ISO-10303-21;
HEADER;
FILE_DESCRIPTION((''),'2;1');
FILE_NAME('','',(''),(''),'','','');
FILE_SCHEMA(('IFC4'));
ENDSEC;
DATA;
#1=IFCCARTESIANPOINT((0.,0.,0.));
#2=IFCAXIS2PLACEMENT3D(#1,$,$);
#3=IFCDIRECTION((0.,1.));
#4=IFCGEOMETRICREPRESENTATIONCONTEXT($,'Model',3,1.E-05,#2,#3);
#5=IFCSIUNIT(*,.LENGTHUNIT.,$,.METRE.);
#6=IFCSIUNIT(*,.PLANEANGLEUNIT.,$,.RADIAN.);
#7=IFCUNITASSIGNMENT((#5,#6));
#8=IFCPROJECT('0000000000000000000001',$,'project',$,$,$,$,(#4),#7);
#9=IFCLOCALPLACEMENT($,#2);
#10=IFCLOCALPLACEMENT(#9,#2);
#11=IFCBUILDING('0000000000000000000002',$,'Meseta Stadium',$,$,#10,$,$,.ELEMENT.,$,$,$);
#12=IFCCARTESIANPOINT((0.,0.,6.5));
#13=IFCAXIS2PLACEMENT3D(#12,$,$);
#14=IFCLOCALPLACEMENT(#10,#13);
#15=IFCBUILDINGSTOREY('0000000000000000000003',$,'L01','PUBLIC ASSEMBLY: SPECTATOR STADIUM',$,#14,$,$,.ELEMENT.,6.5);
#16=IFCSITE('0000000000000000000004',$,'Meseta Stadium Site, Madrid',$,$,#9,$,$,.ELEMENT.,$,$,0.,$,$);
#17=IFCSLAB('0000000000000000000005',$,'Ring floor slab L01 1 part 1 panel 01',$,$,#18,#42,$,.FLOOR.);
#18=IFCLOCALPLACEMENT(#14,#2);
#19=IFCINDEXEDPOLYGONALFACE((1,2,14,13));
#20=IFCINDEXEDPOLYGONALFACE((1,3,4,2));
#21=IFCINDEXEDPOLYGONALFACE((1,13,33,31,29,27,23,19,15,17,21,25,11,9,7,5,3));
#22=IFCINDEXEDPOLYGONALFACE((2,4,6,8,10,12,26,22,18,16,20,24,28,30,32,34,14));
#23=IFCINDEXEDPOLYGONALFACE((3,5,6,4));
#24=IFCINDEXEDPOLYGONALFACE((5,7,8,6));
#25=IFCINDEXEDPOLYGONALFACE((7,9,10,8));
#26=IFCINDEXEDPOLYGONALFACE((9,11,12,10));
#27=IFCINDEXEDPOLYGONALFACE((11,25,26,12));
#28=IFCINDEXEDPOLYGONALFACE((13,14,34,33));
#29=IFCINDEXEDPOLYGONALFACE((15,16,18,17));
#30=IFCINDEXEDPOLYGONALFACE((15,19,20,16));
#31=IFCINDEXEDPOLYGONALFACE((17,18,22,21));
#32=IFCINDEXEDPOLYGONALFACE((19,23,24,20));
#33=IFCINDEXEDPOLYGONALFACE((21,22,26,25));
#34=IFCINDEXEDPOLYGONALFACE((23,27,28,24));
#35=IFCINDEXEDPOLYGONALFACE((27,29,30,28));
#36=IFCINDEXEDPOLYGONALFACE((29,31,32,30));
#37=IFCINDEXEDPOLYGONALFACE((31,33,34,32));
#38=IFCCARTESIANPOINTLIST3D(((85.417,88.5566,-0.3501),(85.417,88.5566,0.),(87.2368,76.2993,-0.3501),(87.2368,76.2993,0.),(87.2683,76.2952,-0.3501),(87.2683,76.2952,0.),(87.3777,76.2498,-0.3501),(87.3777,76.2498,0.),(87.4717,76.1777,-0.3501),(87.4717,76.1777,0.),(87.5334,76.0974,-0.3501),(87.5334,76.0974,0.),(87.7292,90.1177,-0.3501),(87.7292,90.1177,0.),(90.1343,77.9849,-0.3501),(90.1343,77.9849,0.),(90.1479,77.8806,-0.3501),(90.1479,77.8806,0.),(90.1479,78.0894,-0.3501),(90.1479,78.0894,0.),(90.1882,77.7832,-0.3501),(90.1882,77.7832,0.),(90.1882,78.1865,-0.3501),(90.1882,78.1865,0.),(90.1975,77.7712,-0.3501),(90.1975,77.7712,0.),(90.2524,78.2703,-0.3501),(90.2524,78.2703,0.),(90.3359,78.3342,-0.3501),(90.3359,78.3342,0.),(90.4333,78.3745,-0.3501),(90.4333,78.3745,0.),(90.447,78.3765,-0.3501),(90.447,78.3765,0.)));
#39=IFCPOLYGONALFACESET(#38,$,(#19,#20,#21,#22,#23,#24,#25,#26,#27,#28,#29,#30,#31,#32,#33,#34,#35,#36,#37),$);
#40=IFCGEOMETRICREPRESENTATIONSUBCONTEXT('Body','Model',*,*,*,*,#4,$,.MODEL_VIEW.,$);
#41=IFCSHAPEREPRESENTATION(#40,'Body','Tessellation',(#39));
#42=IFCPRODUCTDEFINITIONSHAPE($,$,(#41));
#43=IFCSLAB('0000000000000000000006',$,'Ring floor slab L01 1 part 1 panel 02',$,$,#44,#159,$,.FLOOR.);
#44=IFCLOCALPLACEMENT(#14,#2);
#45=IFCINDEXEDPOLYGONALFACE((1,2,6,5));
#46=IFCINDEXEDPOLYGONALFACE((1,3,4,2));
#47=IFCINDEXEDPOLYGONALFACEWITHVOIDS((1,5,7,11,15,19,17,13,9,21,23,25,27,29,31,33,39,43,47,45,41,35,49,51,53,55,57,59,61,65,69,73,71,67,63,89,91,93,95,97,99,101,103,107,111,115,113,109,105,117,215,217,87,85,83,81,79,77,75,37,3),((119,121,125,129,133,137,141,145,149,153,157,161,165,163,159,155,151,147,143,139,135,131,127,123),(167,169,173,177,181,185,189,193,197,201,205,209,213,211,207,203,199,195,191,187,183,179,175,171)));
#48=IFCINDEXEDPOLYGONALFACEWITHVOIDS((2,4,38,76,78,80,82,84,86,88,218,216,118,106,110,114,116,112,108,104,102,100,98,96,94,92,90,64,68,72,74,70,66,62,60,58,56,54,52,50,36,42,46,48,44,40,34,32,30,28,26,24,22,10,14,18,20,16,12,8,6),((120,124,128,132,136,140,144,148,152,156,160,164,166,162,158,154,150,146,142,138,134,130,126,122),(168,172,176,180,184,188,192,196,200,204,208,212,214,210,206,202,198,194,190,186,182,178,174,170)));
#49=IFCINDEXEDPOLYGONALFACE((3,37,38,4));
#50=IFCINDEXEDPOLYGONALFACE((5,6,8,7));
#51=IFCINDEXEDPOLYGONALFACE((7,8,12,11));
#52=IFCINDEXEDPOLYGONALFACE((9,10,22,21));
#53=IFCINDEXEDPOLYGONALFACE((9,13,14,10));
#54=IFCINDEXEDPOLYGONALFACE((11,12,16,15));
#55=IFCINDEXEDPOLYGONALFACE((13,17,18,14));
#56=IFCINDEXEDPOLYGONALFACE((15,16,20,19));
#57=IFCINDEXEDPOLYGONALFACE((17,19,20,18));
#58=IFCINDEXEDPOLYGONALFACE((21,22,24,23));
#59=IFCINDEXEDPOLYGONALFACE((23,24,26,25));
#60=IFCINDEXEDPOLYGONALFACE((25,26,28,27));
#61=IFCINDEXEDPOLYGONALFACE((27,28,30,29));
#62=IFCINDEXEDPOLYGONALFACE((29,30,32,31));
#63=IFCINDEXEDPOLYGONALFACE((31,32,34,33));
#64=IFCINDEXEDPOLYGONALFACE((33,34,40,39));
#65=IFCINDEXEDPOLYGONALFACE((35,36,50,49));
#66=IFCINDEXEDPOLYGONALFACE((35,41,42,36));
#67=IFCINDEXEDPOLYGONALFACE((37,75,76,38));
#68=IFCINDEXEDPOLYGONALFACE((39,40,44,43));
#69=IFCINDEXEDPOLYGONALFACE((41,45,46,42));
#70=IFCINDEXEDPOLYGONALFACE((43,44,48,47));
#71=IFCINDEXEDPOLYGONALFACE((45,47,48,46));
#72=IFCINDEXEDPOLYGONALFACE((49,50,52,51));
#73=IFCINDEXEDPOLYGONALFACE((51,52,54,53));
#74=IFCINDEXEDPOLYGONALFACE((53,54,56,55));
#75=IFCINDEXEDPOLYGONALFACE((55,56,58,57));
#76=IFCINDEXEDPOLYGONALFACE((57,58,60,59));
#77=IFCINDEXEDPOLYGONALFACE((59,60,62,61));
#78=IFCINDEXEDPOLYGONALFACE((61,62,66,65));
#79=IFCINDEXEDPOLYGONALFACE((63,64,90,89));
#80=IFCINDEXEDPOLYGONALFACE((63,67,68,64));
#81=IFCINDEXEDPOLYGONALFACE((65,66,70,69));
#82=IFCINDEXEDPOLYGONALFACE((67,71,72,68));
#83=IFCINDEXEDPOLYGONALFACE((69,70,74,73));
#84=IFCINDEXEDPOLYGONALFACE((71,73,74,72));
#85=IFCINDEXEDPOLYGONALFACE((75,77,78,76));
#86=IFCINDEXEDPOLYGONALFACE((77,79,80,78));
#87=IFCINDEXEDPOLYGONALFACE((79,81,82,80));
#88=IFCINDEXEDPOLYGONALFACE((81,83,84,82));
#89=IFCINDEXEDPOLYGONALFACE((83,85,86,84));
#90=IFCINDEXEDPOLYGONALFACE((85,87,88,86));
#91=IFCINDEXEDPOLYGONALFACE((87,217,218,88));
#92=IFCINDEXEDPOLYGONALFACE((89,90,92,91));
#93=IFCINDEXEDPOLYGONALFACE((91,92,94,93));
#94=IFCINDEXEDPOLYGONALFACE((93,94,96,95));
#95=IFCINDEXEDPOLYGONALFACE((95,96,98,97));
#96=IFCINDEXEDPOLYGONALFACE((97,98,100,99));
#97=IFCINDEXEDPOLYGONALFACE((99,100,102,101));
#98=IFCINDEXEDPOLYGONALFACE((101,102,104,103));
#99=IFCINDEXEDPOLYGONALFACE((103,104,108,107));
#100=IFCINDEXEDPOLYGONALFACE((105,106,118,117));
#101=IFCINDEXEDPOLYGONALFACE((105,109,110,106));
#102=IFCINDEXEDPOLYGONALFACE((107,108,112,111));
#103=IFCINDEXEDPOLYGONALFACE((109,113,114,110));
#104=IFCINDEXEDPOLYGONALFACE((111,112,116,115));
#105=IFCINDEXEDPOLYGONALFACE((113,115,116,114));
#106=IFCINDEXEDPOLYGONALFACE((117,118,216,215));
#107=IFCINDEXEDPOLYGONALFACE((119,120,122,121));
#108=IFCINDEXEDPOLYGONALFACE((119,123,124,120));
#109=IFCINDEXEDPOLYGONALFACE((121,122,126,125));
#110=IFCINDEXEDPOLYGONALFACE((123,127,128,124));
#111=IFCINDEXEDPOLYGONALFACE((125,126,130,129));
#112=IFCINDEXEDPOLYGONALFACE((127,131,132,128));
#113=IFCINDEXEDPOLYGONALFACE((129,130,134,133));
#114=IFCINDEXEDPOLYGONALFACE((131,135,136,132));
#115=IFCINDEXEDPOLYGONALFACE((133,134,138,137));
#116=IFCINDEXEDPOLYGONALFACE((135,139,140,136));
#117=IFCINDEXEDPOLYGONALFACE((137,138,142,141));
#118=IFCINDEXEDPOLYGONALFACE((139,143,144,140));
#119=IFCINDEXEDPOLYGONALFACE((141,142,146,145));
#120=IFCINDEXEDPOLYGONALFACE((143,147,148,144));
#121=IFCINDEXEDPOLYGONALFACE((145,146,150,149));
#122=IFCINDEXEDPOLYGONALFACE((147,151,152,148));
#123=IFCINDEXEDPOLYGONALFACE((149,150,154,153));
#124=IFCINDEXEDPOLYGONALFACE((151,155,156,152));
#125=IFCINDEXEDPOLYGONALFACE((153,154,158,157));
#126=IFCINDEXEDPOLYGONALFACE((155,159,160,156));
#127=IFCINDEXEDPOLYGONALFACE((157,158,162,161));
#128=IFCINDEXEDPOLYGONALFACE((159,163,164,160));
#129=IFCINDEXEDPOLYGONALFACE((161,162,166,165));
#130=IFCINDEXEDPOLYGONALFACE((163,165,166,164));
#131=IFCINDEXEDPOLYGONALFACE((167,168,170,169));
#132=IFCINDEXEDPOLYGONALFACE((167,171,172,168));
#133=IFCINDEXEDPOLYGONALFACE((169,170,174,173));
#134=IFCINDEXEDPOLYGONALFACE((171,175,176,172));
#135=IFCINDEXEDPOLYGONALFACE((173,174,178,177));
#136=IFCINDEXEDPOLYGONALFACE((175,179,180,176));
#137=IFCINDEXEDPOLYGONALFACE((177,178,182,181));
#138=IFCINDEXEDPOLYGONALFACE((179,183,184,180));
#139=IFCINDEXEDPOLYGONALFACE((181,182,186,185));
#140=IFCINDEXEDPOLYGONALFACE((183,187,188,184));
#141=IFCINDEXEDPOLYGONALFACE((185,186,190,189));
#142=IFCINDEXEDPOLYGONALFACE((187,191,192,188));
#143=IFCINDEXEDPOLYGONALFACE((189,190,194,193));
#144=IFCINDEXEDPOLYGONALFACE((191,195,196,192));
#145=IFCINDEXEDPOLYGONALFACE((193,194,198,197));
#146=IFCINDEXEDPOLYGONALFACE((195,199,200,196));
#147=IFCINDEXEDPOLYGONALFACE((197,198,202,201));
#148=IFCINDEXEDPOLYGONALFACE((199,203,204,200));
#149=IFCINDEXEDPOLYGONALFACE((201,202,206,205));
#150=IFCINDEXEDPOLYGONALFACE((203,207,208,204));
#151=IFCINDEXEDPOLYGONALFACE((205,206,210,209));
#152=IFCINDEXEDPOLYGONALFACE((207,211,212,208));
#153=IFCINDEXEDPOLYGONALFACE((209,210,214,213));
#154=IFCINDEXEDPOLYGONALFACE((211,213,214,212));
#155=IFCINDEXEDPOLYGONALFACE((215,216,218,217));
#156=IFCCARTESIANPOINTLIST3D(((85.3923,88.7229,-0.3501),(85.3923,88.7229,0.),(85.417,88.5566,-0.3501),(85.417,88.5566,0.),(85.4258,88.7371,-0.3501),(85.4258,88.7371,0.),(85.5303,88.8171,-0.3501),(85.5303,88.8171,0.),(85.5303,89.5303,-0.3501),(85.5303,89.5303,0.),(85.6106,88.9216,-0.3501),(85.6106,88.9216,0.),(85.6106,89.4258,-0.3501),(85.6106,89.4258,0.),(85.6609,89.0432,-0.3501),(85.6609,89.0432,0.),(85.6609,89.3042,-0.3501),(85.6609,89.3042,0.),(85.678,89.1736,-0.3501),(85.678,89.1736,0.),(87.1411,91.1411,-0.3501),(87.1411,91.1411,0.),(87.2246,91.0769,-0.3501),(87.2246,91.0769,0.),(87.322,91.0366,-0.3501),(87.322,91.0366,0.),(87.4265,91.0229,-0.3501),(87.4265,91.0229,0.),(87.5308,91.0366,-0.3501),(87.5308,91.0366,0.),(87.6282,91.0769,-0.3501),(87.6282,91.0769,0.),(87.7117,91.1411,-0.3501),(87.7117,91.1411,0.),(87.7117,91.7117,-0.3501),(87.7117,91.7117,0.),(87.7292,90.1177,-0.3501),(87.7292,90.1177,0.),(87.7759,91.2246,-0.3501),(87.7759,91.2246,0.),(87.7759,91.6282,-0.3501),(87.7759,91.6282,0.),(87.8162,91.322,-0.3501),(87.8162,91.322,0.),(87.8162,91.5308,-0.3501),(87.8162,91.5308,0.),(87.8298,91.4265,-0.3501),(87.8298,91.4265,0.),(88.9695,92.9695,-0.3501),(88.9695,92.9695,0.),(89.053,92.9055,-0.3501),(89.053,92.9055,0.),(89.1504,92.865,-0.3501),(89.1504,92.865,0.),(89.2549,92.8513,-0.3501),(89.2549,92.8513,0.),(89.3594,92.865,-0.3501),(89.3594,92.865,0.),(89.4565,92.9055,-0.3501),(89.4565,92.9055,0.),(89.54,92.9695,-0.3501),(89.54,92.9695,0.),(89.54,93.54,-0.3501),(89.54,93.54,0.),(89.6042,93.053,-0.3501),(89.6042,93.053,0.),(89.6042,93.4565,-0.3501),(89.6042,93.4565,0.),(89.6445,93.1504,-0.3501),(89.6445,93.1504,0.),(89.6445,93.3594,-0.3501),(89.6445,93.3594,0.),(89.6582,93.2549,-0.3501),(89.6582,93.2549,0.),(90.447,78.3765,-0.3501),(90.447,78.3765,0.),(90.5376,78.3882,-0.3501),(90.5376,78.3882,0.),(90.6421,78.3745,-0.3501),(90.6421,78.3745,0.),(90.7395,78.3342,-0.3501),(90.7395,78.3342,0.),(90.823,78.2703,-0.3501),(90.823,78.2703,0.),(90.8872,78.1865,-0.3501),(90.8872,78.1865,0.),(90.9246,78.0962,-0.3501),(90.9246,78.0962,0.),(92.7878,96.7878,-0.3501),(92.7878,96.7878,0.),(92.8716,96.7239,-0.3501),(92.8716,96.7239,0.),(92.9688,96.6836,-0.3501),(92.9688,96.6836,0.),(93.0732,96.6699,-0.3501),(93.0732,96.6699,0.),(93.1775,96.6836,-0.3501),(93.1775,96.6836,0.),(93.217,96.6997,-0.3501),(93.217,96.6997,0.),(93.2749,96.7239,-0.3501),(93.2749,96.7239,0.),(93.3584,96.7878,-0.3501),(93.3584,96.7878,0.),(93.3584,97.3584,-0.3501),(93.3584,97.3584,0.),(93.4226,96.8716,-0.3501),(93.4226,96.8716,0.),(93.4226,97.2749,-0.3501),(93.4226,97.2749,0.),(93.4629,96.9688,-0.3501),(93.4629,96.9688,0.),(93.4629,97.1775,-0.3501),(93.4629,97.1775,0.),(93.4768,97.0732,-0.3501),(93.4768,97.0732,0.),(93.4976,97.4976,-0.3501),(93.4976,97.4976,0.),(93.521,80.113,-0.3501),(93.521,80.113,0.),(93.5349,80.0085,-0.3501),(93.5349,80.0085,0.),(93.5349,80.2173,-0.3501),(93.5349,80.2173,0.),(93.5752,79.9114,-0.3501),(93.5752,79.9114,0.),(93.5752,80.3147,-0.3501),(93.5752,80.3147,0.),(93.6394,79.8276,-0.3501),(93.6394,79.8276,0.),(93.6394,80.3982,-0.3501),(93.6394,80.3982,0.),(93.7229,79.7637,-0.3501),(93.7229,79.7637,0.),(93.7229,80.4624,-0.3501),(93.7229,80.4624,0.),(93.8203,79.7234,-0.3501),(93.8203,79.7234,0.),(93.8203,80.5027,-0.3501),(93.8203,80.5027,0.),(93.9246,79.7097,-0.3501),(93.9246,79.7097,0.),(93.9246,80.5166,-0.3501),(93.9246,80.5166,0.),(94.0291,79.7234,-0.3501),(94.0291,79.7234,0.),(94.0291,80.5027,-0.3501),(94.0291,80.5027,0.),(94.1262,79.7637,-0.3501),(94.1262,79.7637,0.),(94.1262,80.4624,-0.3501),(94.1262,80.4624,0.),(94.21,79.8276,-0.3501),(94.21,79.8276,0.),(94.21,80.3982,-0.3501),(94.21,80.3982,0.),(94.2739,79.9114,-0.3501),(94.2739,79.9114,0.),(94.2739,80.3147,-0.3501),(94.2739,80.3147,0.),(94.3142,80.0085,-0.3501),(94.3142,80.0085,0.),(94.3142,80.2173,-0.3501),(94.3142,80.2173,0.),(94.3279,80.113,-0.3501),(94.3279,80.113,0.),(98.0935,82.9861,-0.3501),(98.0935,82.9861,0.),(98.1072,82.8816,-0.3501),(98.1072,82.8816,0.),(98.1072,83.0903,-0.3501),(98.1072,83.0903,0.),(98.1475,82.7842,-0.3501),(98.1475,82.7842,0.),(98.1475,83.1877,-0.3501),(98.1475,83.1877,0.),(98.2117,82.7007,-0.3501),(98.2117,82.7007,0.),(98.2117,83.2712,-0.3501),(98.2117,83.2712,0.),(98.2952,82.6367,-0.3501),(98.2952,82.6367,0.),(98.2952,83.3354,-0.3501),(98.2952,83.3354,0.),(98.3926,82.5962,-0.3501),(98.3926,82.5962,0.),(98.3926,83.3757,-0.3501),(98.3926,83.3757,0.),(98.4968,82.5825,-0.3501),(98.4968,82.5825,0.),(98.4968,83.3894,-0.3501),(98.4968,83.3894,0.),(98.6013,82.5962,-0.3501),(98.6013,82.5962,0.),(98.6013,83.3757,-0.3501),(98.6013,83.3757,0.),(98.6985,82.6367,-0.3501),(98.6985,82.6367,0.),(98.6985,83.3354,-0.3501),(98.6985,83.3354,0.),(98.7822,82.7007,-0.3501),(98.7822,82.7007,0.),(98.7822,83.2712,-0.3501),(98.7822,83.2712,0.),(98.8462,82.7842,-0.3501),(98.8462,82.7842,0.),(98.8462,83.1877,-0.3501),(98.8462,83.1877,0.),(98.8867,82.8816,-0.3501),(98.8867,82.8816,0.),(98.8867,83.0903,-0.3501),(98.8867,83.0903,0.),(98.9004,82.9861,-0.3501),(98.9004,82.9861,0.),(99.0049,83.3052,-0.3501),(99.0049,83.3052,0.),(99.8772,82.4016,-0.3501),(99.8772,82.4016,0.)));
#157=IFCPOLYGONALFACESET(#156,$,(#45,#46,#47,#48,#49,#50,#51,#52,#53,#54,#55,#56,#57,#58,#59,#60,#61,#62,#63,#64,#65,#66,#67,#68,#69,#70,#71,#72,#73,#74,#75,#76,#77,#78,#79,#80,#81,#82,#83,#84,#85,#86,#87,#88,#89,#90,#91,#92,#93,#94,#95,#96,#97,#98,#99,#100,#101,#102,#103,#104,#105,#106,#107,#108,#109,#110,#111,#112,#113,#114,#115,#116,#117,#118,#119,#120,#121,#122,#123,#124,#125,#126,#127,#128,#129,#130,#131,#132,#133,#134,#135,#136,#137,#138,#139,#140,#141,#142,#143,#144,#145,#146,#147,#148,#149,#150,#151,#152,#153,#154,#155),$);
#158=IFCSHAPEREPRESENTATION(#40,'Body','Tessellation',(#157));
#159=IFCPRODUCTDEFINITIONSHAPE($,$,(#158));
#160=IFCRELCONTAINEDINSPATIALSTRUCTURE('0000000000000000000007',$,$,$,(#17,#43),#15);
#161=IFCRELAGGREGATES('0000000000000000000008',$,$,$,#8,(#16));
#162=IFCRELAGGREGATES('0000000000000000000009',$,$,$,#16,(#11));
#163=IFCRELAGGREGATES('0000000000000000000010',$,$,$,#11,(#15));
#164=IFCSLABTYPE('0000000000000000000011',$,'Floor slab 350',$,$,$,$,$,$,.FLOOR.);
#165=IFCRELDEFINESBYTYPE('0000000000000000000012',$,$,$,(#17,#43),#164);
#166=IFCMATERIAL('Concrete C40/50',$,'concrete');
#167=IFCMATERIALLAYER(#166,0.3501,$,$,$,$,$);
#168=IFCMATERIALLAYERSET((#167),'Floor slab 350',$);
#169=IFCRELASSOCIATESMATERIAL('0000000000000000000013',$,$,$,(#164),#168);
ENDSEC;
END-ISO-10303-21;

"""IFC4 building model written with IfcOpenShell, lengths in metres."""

from ifc_helpers import new_model, si_unit, direction, frame, origin, place, context, subcontext, project, spatial, polyline, outline, extrude, material, layer, layer_set, type_object, element, save


model = new_model("IFC4")

# Units and contexts
model_context = context("Model", 3, precision=1e-05, world=origin(), true_north=direction((0.0, 1.0)))
body_context = subcontext(model_context, "Body", "Model", "MODEL_VIEW")
ifc_project = project(units=[si_unit("LENGTHUNIT", "METRE"), si_unit("PLANEANGLEUNIT", "RADIAN")], contexts=[model_context])

# Site, building, storey
site_placement = place(None, origin())
site = spatial("IfcSite", under=ifc_project, at=site_placement, Name="Meseta Stadium Site, Madrid", CompositionType="ELEMENT", RefElevation=0.0)
building_placement = place(site_placement, origin())
building = spatial("IfcBuilding", under=site, at=building_placement, Name="Meseta Stadium", CompositionType="ELEMENT")
storey_placement = place(building_placement, frame((0.0, 0.0, 6.5)))
storey = spatial("IfcBuildingStorey", under=building, at=storey_placement, Name="L01", Description="PUBLIC ASSEMBLY: SPECTATOR STADIUM", CompositionType="ELEMENT", Elevation=6.5)

# Slabs
ifc_material_1 = material(Name="Concrete C40/50", Category="concrete")
ifc_layer_1 = layer(ifc_material_1, 0.3501)
ifc_layer_set_1 = layer_set([ifc_layer_1], Name="Floor slab 350")
slab_type_1 = type_object("IfcSlabType", Name="Floor slab 350", PredefinedType="FLOOR", material=ifc_layer_set_1)
slab_1_placement = place(storey_placement, frame((0.0, 0.0, -0.3501)))
element("IfcSlab", 1, at=slab_1_placement, inside=storey, type_object=slab_type_1, Name="Ring floor slab L01 1 part 1 panel 01", PredefinedType="FLOOR", context=body_context, shape_type="SweptSolid", body=[
    extrude(outline(polyline([(90.447, 78.3765), (87.7292, 90.1177), (85.417, 88.5566), (87.2368, 76.2993), (87.2683, 76.2952), (87.3777, 76.2498), (87.4717, 76.1777), (87.5334, 76.0974), (90.1975, 77.7712), (90.1882, 77.7832), (90.1479, 77.8806), (90.1343, 77.9849), (90.1479, 78.0894), (90.1882, 78.1865), (90.2524, 78.2703), (90.3359, 78.3342), (90.4333, 78.3745), (90.447, 78.3765)])), origin(), (0.0, 0.0, 1.0), 0.3501),
])
slab_2_placement = place(storey_placement, frame((0.0, 0.0, -0.3501)))
element("IfcSlab", 2, at=slab_2_placement, inside=storey, type_object=slab_type_1, Name="Ring floor slab L01 1 part 1 panel 02", PredefinedType="FLOOR", context=body_context, shape_type="SweptSolid", body=[
    extrude(outline(polyline([(89.4565, 92.9055), (89.3594, 92.865), (89.2549, 92.8513), (89.1504, 92.865), (89.053, 92.9055), (88.9695, 92.9695), (87.7117, 91.7117), (87.7759, 91.6282), (87.8162, 91.5308), (87.8298, 91.4265), (87.8162, 91.322), (87.7759, 91.2246), (87.7117, 91.1411), (87.6282, 91.0769), (87.5308, 91.0366), (87.4265, 91.0229), (87.322, 91.0366), (87.2246, 91.0769), (87.1411, 91.1411), (85.5303, 89.5303), (85.6106, 89.4258), (85.6609, 89.3042), (85.678, 89.1736), (85.6609, 89.0432), (85.6106, 88.9216), (85.5303, 88.8171), (85.4258, 88.7371), (85.3923, 88.7229), (85.417, 88.5566), (87.7292, 90.1177), (90.447, 78.3765), (90.5376, 78.3882), (90.6421, 78.3745), (90.7395, 78.3342), (90.823, 78.2703), (90.8872, 78.1865), (90.9246, 78.0962), (99.8772, 82.4016), (99.0049, 83.3052), (93.4976, 97.4976), (93.3584, 97.3584), (93.4226, 97.2749), (93.4629, 97.1775), (93.4768, 97.0732), (93.4629, 96.9688), (93.4226, 96.8716), (93.3584, 96.7878), (93.2749, 96.7239), (93.217, 96.6997), (93.1775, 96.6836), (93.0732, 96.6699), (92.9688, 96.6836), (92.8716, 96.7239), (92.7878, 96.7878), (89.54, 93.54), (89.6042, 93.4565), (89.6445, 93.3594), (89.6582, 93.2549), (89.6445, 93.1504), (89.6042, 93.053), (89.54, 92.9695), (89.4565, 92.9055)]), holes=[polyline([(94.3142, 80.0085), (94.2739, 79.9114), (94.21, 79.8276), (94.1262, 79.7637), (94.0291, 79.7234), (93.9246, 79.7097), (93.8203, 79.7234), (93.7229, 79.7637), (93.6394, 79.8276), (93.5752, 79.9114), (93.5349, 80.0085), (93.521, 80.113), (93.5349, 80.2173), (93.5752, 80.3147), (93.6394, 80.3982), (93.7229, 80.4624), (93.8203, 80.5027), (93.9246, 80.5166), (94.0291, 80.5027), (94.1262, 80.4624), (94.21, 80.3982), (94.2739, 80.3147), (94.3142, 80.2173), (94.3279, 80.113), (94.3142, 80.0085)]), polyline([(98.8462, 83.1877), (98.8867, 83.0903), (98.9004, 82.9861), (98.8867, 82.8816), (98.8462, 82.7842), (98.7822, 82.7007), (98.6985, 82.6367), (98.6013, 82.5962), (98.4968, 82.5825), (98.3926, 82.5962), (98.2952, 82.6367), (98.2117, 82.7007), (98.1475, 82.7842), (98.1072, 82.8816), (98.0935, 82.9861), (98.1072, 83.0903), (98.1475, 83.1877), (98.2117, 83.2712), (98.2952, 83.3354), (98.3926, 83.3757), (98.4968, 83.3894), (98.6013, 83.3757), (98.6985, 83.3354), (98.7822, 83.2712), (98.8462, 83.1877)])]), origin(), (0.0, 0.0, 1.0), 0.3501),
])

save(model, "model.ifc")
